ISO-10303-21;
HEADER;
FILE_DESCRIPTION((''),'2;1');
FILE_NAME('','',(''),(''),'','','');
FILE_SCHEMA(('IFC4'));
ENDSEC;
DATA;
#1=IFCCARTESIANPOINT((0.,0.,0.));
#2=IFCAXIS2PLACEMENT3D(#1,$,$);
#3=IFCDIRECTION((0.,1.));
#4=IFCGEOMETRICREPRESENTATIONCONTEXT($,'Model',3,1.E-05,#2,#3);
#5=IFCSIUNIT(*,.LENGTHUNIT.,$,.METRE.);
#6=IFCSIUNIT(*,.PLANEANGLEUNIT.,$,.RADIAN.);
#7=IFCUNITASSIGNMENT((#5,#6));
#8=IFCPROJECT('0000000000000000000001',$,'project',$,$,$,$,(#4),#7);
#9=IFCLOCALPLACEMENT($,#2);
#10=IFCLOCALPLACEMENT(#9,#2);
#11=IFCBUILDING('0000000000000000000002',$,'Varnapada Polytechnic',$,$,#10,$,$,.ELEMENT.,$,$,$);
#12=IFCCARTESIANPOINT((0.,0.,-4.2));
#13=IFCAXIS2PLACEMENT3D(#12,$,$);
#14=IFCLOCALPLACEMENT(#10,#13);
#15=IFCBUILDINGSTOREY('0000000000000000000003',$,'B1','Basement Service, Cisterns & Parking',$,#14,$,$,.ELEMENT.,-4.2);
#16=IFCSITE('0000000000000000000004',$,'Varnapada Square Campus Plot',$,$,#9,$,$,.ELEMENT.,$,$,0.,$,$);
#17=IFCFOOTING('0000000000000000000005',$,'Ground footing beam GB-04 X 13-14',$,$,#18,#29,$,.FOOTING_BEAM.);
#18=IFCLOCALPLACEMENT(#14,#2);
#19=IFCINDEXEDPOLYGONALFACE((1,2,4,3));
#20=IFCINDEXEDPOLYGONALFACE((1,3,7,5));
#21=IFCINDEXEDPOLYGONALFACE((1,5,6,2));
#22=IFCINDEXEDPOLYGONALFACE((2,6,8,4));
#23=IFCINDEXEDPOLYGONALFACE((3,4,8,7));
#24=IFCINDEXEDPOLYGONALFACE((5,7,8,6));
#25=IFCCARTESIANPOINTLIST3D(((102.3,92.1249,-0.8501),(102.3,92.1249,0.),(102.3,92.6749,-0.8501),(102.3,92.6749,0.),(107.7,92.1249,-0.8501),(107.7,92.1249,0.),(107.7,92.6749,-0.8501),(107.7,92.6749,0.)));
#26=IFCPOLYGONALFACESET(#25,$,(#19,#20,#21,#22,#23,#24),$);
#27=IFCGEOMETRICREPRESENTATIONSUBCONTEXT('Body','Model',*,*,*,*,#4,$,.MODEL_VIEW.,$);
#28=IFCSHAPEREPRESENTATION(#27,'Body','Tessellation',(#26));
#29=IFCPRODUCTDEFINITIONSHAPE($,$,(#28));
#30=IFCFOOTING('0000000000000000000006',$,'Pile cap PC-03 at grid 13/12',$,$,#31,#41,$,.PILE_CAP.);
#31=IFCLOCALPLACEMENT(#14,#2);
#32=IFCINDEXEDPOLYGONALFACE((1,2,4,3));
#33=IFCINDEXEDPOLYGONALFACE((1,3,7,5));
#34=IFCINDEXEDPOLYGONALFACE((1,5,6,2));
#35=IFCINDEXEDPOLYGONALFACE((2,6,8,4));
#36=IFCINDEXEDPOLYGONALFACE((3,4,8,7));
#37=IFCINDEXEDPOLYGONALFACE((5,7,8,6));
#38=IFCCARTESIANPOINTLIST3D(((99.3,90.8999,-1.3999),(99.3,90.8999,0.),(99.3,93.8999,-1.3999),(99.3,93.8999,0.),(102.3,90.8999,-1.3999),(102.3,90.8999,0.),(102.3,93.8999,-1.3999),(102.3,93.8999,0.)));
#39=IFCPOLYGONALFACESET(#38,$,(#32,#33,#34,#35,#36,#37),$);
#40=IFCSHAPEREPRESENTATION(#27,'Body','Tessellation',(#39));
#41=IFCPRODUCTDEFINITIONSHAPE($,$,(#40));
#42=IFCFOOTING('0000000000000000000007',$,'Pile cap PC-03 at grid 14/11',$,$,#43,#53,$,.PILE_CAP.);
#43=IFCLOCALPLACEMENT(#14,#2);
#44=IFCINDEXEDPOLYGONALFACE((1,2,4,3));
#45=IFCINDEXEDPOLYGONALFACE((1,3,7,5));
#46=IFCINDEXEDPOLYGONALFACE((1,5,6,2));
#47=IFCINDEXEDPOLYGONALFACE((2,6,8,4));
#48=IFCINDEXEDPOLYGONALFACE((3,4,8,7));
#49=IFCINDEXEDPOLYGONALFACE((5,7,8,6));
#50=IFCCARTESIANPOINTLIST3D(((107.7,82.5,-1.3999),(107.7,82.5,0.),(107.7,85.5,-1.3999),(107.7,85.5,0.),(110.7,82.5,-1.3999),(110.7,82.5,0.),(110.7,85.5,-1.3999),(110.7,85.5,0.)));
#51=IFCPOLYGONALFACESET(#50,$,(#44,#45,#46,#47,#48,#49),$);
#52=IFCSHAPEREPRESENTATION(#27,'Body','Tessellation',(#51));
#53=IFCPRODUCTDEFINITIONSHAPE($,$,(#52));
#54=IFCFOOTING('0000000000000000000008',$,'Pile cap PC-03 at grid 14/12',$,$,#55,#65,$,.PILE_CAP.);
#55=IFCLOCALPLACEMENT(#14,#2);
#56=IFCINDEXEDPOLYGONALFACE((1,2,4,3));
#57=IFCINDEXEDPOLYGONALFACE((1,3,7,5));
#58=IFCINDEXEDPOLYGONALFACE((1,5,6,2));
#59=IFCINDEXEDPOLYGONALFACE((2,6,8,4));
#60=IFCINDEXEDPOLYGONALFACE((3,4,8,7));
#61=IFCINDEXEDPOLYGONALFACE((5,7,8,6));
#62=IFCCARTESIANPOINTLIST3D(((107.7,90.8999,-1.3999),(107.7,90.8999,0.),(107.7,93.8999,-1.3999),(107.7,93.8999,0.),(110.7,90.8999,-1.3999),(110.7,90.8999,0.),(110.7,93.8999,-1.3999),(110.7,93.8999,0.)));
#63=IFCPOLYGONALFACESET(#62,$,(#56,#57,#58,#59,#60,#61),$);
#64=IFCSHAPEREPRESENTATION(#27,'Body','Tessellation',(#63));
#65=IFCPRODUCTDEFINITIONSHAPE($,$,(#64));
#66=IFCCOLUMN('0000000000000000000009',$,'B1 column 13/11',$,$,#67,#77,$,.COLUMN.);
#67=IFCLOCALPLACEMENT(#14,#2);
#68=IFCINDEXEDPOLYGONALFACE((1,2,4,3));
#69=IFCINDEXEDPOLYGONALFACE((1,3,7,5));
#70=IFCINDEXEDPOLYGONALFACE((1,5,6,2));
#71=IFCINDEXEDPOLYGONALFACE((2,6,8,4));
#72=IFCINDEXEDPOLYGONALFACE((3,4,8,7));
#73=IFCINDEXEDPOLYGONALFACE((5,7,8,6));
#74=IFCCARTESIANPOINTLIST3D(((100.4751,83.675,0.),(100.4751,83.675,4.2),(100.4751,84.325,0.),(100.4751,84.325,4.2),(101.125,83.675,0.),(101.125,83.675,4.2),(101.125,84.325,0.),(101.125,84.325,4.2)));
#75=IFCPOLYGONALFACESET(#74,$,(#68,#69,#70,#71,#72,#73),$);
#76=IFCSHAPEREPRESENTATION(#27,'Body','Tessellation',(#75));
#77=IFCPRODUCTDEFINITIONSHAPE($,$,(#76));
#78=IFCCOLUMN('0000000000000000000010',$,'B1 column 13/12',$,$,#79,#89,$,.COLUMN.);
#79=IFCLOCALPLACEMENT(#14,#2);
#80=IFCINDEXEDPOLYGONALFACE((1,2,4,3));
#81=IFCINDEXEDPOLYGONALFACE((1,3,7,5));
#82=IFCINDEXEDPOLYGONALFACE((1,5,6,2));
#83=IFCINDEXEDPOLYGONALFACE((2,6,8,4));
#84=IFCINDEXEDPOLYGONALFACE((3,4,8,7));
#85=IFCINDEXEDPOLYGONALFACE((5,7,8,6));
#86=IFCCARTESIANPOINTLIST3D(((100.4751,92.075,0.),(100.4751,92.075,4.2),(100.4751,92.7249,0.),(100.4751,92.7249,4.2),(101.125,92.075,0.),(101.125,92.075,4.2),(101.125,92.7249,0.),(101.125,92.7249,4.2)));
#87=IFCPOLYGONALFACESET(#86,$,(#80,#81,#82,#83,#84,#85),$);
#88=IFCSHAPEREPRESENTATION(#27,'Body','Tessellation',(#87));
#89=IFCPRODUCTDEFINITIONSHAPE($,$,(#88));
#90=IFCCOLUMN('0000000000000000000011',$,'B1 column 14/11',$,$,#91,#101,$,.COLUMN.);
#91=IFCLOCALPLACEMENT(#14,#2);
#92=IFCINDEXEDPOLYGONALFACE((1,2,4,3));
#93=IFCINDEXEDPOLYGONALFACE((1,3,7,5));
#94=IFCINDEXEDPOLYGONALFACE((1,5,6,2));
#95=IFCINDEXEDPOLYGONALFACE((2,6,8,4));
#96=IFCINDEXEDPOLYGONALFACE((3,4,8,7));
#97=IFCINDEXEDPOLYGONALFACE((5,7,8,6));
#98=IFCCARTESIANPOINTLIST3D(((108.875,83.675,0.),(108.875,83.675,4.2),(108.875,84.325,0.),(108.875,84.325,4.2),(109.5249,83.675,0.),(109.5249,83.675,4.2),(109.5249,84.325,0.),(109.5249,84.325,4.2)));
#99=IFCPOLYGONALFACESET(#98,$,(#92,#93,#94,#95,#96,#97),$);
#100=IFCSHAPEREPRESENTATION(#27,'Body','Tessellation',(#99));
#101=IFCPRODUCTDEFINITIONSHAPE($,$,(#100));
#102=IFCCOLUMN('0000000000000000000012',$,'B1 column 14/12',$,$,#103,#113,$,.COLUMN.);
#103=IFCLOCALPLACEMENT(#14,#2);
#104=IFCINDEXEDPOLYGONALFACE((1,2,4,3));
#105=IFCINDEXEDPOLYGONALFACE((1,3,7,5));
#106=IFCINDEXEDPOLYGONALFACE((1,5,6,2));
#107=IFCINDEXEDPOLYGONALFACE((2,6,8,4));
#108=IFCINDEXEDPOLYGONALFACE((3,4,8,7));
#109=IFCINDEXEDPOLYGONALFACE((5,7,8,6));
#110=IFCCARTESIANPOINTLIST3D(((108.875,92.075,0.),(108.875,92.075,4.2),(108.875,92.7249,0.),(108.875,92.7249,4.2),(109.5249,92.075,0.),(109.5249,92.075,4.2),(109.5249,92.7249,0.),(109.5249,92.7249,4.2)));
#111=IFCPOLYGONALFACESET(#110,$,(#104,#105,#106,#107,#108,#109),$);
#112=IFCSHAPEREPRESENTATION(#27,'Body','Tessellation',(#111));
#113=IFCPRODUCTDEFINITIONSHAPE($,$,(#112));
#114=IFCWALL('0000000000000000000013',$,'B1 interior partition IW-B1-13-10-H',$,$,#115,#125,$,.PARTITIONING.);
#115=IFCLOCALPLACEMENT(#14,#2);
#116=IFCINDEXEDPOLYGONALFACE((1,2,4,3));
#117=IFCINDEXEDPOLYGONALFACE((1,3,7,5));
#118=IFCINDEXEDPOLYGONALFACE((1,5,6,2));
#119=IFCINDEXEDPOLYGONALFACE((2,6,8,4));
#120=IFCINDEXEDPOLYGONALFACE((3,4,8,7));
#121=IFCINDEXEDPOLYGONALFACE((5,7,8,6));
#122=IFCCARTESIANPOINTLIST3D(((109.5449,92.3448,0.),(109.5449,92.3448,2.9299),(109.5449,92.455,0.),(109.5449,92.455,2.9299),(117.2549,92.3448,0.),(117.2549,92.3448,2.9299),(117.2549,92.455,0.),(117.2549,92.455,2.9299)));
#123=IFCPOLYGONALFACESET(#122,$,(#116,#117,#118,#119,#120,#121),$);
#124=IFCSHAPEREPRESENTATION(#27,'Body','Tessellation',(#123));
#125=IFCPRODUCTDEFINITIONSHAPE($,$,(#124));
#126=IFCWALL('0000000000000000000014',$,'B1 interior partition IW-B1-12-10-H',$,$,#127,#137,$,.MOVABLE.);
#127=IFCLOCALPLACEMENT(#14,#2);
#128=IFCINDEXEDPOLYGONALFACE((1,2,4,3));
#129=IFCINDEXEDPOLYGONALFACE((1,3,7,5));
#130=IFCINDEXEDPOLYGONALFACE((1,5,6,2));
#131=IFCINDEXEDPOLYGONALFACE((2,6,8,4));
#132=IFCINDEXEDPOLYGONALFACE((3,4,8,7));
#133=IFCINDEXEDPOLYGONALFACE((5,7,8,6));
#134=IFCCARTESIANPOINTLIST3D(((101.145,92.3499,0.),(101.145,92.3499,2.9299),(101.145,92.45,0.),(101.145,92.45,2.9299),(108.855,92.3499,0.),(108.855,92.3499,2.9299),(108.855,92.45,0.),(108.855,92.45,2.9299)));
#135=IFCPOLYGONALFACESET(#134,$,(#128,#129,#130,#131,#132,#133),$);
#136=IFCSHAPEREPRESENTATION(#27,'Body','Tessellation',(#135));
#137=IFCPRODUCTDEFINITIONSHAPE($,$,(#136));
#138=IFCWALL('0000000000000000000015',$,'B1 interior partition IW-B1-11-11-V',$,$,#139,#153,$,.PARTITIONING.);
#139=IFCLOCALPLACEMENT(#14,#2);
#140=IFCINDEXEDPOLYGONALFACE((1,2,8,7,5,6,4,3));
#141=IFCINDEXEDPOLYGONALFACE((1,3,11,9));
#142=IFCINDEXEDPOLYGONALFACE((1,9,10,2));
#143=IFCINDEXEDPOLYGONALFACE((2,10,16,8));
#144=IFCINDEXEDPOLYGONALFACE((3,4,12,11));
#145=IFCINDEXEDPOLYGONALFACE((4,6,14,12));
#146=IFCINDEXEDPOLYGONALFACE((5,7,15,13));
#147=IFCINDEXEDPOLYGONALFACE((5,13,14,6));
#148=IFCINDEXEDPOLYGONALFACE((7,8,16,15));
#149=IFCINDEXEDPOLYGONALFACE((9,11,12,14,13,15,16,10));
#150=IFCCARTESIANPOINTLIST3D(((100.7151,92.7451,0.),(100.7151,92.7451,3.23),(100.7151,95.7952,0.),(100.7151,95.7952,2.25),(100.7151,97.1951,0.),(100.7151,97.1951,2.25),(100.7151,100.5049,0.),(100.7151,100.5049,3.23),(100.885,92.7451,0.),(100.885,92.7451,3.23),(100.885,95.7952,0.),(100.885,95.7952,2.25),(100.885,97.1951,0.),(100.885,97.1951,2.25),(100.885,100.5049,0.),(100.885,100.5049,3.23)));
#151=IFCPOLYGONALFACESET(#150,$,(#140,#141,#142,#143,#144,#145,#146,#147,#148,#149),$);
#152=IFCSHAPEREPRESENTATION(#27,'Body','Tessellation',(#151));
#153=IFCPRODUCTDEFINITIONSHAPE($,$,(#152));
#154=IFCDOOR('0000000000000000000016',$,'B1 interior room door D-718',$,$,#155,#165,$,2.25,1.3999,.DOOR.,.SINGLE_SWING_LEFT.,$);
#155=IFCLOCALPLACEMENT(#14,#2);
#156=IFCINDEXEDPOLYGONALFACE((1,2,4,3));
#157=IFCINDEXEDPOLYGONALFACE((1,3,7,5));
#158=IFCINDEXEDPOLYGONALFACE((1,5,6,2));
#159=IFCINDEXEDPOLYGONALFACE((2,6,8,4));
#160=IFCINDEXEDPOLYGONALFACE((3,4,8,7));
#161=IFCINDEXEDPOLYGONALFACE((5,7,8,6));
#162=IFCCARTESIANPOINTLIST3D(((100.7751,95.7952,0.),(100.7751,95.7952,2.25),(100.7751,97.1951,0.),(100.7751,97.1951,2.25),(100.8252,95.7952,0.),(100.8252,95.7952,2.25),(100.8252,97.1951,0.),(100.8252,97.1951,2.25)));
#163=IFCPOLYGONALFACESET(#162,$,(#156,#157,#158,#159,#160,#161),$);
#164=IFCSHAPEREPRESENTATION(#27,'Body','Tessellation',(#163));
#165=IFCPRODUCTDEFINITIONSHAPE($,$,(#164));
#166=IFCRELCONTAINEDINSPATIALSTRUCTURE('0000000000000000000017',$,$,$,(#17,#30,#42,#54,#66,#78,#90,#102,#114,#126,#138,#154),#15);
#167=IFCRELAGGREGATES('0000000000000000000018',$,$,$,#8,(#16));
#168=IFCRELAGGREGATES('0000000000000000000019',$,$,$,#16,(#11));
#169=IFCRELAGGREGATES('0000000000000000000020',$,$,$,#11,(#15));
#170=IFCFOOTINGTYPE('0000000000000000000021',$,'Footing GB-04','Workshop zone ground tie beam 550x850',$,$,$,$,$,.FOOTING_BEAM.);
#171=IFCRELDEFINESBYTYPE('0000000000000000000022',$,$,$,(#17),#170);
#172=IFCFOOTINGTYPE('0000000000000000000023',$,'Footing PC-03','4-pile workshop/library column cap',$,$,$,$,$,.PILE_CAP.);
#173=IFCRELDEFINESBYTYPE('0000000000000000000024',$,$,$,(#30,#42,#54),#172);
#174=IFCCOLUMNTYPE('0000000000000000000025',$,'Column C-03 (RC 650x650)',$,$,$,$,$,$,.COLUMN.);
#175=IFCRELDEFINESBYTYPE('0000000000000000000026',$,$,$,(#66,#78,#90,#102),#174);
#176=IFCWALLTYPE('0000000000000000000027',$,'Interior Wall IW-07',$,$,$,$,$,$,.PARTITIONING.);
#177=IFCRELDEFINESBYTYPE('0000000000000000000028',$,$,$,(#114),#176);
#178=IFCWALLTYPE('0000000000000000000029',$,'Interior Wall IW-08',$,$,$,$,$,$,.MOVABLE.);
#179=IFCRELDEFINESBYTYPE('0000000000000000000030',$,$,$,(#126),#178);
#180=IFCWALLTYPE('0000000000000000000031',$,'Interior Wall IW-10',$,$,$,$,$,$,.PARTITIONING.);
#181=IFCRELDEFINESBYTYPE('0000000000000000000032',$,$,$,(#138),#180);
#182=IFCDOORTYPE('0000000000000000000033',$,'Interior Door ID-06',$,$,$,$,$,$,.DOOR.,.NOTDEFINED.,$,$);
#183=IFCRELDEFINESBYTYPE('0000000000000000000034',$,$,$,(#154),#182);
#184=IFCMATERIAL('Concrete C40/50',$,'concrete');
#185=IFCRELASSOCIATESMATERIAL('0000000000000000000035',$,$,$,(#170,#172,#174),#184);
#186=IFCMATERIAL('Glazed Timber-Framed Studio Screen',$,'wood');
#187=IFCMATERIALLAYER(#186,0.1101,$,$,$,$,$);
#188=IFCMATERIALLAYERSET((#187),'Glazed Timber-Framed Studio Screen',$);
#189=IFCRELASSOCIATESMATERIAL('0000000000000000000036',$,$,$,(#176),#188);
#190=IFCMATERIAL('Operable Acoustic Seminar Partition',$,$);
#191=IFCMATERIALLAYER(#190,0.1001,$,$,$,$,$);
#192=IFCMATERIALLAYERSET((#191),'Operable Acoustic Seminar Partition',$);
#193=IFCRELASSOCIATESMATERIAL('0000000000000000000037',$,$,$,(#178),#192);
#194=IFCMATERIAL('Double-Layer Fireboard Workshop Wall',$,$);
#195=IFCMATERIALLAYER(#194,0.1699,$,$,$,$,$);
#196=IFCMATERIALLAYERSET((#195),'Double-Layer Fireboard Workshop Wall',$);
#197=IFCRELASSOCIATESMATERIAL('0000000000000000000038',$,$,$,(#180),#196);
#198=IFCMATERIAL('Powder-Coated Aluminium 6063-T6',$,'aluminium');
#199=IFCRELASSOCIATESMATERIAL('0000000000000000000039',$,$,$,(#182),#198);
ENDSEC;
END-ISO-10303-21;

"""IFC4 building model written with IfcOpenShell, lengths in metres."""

from ifc_helpers import new_model, si_unit, direction, frame, frame_2d, origin, origin_2d, place, context, subcontext, project, spatial, rectangle, extrude, material, layer, layer_set, material_profile, profile_set, type_object, element, fill, save


model = new_model("IFC4")

# Units and contexts
model_context = context("Model", 3, precision=1e-05, world=origin(), true_north=direction((0.0, 1.0)))
body_context = subcontext(model_context, "Body", "Model", "MODEL_VIEW")
ifc_project = project(units=[si_unit("LENGTHUNIT", "METRE"), si_unit("PLANEANGLEUNIT", "RADIAN")], contexts=[model_context])

# Site, building, storey
site_placement = place(None, origin())
site = spatial("IfcSite", under=ifc_project, at=site_placement, Name="Varnapada Square Campus Plot", CompositionType="ELEMENT", RefElevation=0.0)
building_placement = place(site_placement, origin())
building = spatial("IfcBuilding", under=site, at=building_placement, Name="Varnapada Polytechnic", CompositionType="ELEMENT")
storey_placement = place(building_placement, frame((0.0, 0.0, -4.2)))
storey = spatial("IfcBuildingStorey", under=building, at=storey_placement, Name="B1", Description="Basement Service, Cisterns & Parking", CompositionType="ELEMENT", Elevation=-4.2)

# Shared definitions
ifc_material_1 = material(Name="Concrete C40/50", Category="concrete")

# Footings
footing_type_1 = type_object("IfcFootingType", Name="Footing GB-04", Description="Workshop zone ground tie beam 550x850", PredefinedType="FOOTING_BEAM", material=ifc_material_1)
for number, where, z_axis, x_axis, name in (
    (1, (105.0, 92.3999, -0.8501), (0.0, 0.0, 1.0), (1.0, 0.0, 0.0), "Ground footing beam GB-04 X 13-14"),
):
    element("IfcFooting", number, at=place(storey_placement, frame(where, z_axis=z_axis, x_axis=x_axis)), inside=storey, type_object=footing_type_1, Name=name, PredefinedType="FOOTING_BEAM", context=body_context, shape_type="SweptSolid", body=[
        extrude(rectangle(XDim=5.3999, YDim=0.55, at=origin_2d()), origin(), (0.0, 0.0, 1.0), 0.8501),
    ])
footing_type_2 = type_object("IfcFootingType", Name="Footing PC-03", Description="4-pile workshop/library column cap", PredefinedType="PILE_CAP", material=ifc_material_1)
for number, where, z_axis, x_axis, name in (
    (2, (100.8, 92.3999, -1.3999), (0.0, 0.0, 1.0), (1.0, 0.0, 0.0), "Pile cap PC-03 at grid 13/12"),
    (3, (109.2, 84.0, -1.3999), (0.0, 0.0, 1.0), (1.0, 0.0, 0.0), "Pile cap PC-03 at grid 14/11"),
    (4, (109.2, 92.3999, -1.3999), (0.0, 0.0, 1.0), (1.0, 0.0, 0.0), "Pile cap PC-03 at grid 14/12"),
):
    element("IfcFooting", number, at=place(storey_placement, frame(where, z_axis=z_axis, x_axis=x_axis)), inside=storey, type_object=footing_type_2, Name=name, PredefinedType="PILE_CAP", context=body_context, shape_type="SweptSolid", body=[
        extrude(rectangle(XDim=3.0, YDim=3.0, at=origin_2d()), origin(), (0.0, 0.0, 1.0), 1.3999),
    ])

# Columns
ifc_material_profile_1 = material_profile(ifc_material_1, rectangle(XDim=0.6499, YDim=0.6499, at=origin_2d()), Name="RC 650x650")
ifc_profile_set_1 = profile_set([ifc_material_profile_1], Name="Concrete C40/50")
column_type = type_object("IfcColumnType", Name="Column C-03 (RC 650x650)", PredefinedType="COLUMN", material=ifc_profile_set_1)
for number, where, z_axis, x_axis, name in (
    (5, (100.8, 84.0, 0.0), (0.0, 0.0, 1.0), (1.0, 0.0, 0.0), "B1 column 13/11"),
    (6, (100.8, 92.3999, 0.0), (0.0, 0.0, 1.0), (1.0, 0.0, 0.0), "B1 column 13/12"),
    (7, (109.2, 84.0, 0.0), (0.0, 0.0, 1.0), (1.0, 0.0, 0.0), "B1 column 14/11"),
    (8, (109.2, 92.3999, 0.0), (0.0, 0.0, 1.0), (1.0, 0.0, 0.0), "B1 column 14/12"),
):
    element("IfcColumn", number, at=place(storey_placement, frame(where, z_axis=z_axis, x_axis=x_axis)), inside=storey, type_object=column_type, Name=name, PredefinedType="COLUMN", context=body_context, shape_type="SweptSolid", body=[
        extrude(rectangle(XDim=0.6499, YDim=0.6499, at=origin_2d()), origin(), (0.0, 0.0, 1.0), 4.2),
    ])

# Walls
ifc_material_2 = material(Name="Glazed Timber-Framed Studio Screen", Category="wood")
ifc_layer_1 = layer(ifc_material_2, 0.1101)
ifc_layer_set_1 = layer_set([ifc_layer_1], Name="Glazed Timber-Framed Studio Screen")
wall_type_1 = type_object("IfcWallType", Name="Interior Wall IW-07", PredefinedType="PARTITIONING", material=ifc_layer_set_1)
wall_1_placement = place(storey_placement, frame((109.5449, 92.3999, 0.0), z_axis=(0.0, 0.0, 1.0), x_axis=(1.0, 0.0, 0.0)))
element("IfcWall", 9, at=wall_1_placement, inside=storey, type_object=wall_type_1, Name="B1 interior partition IW-B1-13-10-H", PredefinedType="PARTITIONING", context=body_context, shape_type="SweptSolid", body=[
    extrude(rectangle(XDim=7.71, YDim=0.1101, at=frame_2d((3.855, 0.0))), origin(), (0.0, 0.0, 1.0), 2.9299),
])
ifc_material_3 = material(Name="Operable Acoustic Seminar Partition")
ifc_layer_2 = layer(ifc_material_3, 0.1001)
ifc_layer_set_2 = layer_set([ifc_layer_2], Name="Operable Acoustic Seminar Partition")
wall_type_2 = type_object("IfcWallType", Name="Interior Wall IW-08", PredefinedType="MOVABLE", material=ifc_layer_set_2)
wall_2_placement = place(storey_placement, frame((101.145, 92.3999, 0.0), z_axis=(0.0, 0.0, 1.0), x_axis=(1.0, 0.0, 0.0)))
element("IfcWall", 10, at=wall_2_placement, inside=storey, type_object=wall_type_2, Name="B1 interior partition IW-B1-12-10-H", PredefinedType="MOVABLE", context=body_context, shape_type="SweptSolid", body=[
    extrude(rectangle(XDim=7.71, YDim=0.1001, at=frame_2d((3.855, 0.0))), origin(), (0.0, 0.0, 1.0), 2.9299),
])

# Wall, opening, door
ifc_material_4 = material(Name="Double-Layer Fireboard Workshop Wall")
ifc_layer_3 = layer(ifc_material_4, 0.1699)
ifc_layer_set_3 = layer_set([ifc_layer_3], Name="Double-Layer Fireboard Workshop Wall")
wall_type_3 = type_object("IfcWallType", Name="Interior Wall IW-10", PredefinedType="PARTITIONING", material=ifc_layer_set_3)
wall_3_placement = place(storey_placement, frame((100.8, 92.7451, 0.0), z_axis=(0.0, 0.0, 1.0), x_axis=(0.0, 1.0, 0.0)))
wall_3 = element("IfcWall", 11, at=wall_3_placement, inside=storey, type_object=wall_type_3, Name="B1 interior partition IW-B1-11-11-V", PredefinedType="PARTITIONING", context=body_context, shape_type="SweptSolid", body=[
    extrude(rectangle(XDim=7.7598, YDim=0.1699, at=frame_2d((3.8799, 0.0))), origin(), (0.0, 0.0, 1.0), 3.23),
])
opening_1_placement = place(wall_3_placement, frame((3.05, 0.0, 0.0)))
opening_1 = element("IfcOpeningElement", 12, at=opening_1_placement, cuts=wall_3, PredefinedType="OPENING", context=body_context, shape_type="SweptSolid", body=[
    extrude(rectangle(XDim=1.3999, YDim=2.25, at=frame_2d((0.7, 1.125))), frame((0.0, 0.095, 0.0), z_axis=(0.0, -1.0, 0.0), x_axis=(1.0, 0.0, 0.0)), (0.0, 0.0, 1.0), 0.1899),
])
ifc_material_5 = material(Name="Powder-Coated Aluminium 6063-T6", Category="aluminium")
door_type_1 = type_object("IfcDoorType", Name="Interior Door ID-06", OperationType="NOTDEFINED", PredefinedType="DOOR", material=ifc_material_5)
door_1_placement = place(opening_1_placement, origin())
door_1 = element("IfcDoor", 13, at=door_1_placement, inside=storey, type_object=door_type_1, Name="B1 interior room door D-718", OperationType="SINGLE_SWING_LEFT", OverallHeight=2.25, OverallWidth=1.3999, PredefinedType="DOOR", context=body_context, shape_type="SweptSolid", body=[
    extrude(rectangle(XDim=1.3999, YDim=2.25, at=frame_2d((0.7, 1.125))), frame((0.0, 0.0249, 0.0), z_axis=(0.0, -1.0, 0.0), x_axis=(1.0, 0.0, 0.0)), (0.0, 0.0, 1.0), 0.05),
])
fill(opening_1, door_1)

save(model, "model.ifc")
